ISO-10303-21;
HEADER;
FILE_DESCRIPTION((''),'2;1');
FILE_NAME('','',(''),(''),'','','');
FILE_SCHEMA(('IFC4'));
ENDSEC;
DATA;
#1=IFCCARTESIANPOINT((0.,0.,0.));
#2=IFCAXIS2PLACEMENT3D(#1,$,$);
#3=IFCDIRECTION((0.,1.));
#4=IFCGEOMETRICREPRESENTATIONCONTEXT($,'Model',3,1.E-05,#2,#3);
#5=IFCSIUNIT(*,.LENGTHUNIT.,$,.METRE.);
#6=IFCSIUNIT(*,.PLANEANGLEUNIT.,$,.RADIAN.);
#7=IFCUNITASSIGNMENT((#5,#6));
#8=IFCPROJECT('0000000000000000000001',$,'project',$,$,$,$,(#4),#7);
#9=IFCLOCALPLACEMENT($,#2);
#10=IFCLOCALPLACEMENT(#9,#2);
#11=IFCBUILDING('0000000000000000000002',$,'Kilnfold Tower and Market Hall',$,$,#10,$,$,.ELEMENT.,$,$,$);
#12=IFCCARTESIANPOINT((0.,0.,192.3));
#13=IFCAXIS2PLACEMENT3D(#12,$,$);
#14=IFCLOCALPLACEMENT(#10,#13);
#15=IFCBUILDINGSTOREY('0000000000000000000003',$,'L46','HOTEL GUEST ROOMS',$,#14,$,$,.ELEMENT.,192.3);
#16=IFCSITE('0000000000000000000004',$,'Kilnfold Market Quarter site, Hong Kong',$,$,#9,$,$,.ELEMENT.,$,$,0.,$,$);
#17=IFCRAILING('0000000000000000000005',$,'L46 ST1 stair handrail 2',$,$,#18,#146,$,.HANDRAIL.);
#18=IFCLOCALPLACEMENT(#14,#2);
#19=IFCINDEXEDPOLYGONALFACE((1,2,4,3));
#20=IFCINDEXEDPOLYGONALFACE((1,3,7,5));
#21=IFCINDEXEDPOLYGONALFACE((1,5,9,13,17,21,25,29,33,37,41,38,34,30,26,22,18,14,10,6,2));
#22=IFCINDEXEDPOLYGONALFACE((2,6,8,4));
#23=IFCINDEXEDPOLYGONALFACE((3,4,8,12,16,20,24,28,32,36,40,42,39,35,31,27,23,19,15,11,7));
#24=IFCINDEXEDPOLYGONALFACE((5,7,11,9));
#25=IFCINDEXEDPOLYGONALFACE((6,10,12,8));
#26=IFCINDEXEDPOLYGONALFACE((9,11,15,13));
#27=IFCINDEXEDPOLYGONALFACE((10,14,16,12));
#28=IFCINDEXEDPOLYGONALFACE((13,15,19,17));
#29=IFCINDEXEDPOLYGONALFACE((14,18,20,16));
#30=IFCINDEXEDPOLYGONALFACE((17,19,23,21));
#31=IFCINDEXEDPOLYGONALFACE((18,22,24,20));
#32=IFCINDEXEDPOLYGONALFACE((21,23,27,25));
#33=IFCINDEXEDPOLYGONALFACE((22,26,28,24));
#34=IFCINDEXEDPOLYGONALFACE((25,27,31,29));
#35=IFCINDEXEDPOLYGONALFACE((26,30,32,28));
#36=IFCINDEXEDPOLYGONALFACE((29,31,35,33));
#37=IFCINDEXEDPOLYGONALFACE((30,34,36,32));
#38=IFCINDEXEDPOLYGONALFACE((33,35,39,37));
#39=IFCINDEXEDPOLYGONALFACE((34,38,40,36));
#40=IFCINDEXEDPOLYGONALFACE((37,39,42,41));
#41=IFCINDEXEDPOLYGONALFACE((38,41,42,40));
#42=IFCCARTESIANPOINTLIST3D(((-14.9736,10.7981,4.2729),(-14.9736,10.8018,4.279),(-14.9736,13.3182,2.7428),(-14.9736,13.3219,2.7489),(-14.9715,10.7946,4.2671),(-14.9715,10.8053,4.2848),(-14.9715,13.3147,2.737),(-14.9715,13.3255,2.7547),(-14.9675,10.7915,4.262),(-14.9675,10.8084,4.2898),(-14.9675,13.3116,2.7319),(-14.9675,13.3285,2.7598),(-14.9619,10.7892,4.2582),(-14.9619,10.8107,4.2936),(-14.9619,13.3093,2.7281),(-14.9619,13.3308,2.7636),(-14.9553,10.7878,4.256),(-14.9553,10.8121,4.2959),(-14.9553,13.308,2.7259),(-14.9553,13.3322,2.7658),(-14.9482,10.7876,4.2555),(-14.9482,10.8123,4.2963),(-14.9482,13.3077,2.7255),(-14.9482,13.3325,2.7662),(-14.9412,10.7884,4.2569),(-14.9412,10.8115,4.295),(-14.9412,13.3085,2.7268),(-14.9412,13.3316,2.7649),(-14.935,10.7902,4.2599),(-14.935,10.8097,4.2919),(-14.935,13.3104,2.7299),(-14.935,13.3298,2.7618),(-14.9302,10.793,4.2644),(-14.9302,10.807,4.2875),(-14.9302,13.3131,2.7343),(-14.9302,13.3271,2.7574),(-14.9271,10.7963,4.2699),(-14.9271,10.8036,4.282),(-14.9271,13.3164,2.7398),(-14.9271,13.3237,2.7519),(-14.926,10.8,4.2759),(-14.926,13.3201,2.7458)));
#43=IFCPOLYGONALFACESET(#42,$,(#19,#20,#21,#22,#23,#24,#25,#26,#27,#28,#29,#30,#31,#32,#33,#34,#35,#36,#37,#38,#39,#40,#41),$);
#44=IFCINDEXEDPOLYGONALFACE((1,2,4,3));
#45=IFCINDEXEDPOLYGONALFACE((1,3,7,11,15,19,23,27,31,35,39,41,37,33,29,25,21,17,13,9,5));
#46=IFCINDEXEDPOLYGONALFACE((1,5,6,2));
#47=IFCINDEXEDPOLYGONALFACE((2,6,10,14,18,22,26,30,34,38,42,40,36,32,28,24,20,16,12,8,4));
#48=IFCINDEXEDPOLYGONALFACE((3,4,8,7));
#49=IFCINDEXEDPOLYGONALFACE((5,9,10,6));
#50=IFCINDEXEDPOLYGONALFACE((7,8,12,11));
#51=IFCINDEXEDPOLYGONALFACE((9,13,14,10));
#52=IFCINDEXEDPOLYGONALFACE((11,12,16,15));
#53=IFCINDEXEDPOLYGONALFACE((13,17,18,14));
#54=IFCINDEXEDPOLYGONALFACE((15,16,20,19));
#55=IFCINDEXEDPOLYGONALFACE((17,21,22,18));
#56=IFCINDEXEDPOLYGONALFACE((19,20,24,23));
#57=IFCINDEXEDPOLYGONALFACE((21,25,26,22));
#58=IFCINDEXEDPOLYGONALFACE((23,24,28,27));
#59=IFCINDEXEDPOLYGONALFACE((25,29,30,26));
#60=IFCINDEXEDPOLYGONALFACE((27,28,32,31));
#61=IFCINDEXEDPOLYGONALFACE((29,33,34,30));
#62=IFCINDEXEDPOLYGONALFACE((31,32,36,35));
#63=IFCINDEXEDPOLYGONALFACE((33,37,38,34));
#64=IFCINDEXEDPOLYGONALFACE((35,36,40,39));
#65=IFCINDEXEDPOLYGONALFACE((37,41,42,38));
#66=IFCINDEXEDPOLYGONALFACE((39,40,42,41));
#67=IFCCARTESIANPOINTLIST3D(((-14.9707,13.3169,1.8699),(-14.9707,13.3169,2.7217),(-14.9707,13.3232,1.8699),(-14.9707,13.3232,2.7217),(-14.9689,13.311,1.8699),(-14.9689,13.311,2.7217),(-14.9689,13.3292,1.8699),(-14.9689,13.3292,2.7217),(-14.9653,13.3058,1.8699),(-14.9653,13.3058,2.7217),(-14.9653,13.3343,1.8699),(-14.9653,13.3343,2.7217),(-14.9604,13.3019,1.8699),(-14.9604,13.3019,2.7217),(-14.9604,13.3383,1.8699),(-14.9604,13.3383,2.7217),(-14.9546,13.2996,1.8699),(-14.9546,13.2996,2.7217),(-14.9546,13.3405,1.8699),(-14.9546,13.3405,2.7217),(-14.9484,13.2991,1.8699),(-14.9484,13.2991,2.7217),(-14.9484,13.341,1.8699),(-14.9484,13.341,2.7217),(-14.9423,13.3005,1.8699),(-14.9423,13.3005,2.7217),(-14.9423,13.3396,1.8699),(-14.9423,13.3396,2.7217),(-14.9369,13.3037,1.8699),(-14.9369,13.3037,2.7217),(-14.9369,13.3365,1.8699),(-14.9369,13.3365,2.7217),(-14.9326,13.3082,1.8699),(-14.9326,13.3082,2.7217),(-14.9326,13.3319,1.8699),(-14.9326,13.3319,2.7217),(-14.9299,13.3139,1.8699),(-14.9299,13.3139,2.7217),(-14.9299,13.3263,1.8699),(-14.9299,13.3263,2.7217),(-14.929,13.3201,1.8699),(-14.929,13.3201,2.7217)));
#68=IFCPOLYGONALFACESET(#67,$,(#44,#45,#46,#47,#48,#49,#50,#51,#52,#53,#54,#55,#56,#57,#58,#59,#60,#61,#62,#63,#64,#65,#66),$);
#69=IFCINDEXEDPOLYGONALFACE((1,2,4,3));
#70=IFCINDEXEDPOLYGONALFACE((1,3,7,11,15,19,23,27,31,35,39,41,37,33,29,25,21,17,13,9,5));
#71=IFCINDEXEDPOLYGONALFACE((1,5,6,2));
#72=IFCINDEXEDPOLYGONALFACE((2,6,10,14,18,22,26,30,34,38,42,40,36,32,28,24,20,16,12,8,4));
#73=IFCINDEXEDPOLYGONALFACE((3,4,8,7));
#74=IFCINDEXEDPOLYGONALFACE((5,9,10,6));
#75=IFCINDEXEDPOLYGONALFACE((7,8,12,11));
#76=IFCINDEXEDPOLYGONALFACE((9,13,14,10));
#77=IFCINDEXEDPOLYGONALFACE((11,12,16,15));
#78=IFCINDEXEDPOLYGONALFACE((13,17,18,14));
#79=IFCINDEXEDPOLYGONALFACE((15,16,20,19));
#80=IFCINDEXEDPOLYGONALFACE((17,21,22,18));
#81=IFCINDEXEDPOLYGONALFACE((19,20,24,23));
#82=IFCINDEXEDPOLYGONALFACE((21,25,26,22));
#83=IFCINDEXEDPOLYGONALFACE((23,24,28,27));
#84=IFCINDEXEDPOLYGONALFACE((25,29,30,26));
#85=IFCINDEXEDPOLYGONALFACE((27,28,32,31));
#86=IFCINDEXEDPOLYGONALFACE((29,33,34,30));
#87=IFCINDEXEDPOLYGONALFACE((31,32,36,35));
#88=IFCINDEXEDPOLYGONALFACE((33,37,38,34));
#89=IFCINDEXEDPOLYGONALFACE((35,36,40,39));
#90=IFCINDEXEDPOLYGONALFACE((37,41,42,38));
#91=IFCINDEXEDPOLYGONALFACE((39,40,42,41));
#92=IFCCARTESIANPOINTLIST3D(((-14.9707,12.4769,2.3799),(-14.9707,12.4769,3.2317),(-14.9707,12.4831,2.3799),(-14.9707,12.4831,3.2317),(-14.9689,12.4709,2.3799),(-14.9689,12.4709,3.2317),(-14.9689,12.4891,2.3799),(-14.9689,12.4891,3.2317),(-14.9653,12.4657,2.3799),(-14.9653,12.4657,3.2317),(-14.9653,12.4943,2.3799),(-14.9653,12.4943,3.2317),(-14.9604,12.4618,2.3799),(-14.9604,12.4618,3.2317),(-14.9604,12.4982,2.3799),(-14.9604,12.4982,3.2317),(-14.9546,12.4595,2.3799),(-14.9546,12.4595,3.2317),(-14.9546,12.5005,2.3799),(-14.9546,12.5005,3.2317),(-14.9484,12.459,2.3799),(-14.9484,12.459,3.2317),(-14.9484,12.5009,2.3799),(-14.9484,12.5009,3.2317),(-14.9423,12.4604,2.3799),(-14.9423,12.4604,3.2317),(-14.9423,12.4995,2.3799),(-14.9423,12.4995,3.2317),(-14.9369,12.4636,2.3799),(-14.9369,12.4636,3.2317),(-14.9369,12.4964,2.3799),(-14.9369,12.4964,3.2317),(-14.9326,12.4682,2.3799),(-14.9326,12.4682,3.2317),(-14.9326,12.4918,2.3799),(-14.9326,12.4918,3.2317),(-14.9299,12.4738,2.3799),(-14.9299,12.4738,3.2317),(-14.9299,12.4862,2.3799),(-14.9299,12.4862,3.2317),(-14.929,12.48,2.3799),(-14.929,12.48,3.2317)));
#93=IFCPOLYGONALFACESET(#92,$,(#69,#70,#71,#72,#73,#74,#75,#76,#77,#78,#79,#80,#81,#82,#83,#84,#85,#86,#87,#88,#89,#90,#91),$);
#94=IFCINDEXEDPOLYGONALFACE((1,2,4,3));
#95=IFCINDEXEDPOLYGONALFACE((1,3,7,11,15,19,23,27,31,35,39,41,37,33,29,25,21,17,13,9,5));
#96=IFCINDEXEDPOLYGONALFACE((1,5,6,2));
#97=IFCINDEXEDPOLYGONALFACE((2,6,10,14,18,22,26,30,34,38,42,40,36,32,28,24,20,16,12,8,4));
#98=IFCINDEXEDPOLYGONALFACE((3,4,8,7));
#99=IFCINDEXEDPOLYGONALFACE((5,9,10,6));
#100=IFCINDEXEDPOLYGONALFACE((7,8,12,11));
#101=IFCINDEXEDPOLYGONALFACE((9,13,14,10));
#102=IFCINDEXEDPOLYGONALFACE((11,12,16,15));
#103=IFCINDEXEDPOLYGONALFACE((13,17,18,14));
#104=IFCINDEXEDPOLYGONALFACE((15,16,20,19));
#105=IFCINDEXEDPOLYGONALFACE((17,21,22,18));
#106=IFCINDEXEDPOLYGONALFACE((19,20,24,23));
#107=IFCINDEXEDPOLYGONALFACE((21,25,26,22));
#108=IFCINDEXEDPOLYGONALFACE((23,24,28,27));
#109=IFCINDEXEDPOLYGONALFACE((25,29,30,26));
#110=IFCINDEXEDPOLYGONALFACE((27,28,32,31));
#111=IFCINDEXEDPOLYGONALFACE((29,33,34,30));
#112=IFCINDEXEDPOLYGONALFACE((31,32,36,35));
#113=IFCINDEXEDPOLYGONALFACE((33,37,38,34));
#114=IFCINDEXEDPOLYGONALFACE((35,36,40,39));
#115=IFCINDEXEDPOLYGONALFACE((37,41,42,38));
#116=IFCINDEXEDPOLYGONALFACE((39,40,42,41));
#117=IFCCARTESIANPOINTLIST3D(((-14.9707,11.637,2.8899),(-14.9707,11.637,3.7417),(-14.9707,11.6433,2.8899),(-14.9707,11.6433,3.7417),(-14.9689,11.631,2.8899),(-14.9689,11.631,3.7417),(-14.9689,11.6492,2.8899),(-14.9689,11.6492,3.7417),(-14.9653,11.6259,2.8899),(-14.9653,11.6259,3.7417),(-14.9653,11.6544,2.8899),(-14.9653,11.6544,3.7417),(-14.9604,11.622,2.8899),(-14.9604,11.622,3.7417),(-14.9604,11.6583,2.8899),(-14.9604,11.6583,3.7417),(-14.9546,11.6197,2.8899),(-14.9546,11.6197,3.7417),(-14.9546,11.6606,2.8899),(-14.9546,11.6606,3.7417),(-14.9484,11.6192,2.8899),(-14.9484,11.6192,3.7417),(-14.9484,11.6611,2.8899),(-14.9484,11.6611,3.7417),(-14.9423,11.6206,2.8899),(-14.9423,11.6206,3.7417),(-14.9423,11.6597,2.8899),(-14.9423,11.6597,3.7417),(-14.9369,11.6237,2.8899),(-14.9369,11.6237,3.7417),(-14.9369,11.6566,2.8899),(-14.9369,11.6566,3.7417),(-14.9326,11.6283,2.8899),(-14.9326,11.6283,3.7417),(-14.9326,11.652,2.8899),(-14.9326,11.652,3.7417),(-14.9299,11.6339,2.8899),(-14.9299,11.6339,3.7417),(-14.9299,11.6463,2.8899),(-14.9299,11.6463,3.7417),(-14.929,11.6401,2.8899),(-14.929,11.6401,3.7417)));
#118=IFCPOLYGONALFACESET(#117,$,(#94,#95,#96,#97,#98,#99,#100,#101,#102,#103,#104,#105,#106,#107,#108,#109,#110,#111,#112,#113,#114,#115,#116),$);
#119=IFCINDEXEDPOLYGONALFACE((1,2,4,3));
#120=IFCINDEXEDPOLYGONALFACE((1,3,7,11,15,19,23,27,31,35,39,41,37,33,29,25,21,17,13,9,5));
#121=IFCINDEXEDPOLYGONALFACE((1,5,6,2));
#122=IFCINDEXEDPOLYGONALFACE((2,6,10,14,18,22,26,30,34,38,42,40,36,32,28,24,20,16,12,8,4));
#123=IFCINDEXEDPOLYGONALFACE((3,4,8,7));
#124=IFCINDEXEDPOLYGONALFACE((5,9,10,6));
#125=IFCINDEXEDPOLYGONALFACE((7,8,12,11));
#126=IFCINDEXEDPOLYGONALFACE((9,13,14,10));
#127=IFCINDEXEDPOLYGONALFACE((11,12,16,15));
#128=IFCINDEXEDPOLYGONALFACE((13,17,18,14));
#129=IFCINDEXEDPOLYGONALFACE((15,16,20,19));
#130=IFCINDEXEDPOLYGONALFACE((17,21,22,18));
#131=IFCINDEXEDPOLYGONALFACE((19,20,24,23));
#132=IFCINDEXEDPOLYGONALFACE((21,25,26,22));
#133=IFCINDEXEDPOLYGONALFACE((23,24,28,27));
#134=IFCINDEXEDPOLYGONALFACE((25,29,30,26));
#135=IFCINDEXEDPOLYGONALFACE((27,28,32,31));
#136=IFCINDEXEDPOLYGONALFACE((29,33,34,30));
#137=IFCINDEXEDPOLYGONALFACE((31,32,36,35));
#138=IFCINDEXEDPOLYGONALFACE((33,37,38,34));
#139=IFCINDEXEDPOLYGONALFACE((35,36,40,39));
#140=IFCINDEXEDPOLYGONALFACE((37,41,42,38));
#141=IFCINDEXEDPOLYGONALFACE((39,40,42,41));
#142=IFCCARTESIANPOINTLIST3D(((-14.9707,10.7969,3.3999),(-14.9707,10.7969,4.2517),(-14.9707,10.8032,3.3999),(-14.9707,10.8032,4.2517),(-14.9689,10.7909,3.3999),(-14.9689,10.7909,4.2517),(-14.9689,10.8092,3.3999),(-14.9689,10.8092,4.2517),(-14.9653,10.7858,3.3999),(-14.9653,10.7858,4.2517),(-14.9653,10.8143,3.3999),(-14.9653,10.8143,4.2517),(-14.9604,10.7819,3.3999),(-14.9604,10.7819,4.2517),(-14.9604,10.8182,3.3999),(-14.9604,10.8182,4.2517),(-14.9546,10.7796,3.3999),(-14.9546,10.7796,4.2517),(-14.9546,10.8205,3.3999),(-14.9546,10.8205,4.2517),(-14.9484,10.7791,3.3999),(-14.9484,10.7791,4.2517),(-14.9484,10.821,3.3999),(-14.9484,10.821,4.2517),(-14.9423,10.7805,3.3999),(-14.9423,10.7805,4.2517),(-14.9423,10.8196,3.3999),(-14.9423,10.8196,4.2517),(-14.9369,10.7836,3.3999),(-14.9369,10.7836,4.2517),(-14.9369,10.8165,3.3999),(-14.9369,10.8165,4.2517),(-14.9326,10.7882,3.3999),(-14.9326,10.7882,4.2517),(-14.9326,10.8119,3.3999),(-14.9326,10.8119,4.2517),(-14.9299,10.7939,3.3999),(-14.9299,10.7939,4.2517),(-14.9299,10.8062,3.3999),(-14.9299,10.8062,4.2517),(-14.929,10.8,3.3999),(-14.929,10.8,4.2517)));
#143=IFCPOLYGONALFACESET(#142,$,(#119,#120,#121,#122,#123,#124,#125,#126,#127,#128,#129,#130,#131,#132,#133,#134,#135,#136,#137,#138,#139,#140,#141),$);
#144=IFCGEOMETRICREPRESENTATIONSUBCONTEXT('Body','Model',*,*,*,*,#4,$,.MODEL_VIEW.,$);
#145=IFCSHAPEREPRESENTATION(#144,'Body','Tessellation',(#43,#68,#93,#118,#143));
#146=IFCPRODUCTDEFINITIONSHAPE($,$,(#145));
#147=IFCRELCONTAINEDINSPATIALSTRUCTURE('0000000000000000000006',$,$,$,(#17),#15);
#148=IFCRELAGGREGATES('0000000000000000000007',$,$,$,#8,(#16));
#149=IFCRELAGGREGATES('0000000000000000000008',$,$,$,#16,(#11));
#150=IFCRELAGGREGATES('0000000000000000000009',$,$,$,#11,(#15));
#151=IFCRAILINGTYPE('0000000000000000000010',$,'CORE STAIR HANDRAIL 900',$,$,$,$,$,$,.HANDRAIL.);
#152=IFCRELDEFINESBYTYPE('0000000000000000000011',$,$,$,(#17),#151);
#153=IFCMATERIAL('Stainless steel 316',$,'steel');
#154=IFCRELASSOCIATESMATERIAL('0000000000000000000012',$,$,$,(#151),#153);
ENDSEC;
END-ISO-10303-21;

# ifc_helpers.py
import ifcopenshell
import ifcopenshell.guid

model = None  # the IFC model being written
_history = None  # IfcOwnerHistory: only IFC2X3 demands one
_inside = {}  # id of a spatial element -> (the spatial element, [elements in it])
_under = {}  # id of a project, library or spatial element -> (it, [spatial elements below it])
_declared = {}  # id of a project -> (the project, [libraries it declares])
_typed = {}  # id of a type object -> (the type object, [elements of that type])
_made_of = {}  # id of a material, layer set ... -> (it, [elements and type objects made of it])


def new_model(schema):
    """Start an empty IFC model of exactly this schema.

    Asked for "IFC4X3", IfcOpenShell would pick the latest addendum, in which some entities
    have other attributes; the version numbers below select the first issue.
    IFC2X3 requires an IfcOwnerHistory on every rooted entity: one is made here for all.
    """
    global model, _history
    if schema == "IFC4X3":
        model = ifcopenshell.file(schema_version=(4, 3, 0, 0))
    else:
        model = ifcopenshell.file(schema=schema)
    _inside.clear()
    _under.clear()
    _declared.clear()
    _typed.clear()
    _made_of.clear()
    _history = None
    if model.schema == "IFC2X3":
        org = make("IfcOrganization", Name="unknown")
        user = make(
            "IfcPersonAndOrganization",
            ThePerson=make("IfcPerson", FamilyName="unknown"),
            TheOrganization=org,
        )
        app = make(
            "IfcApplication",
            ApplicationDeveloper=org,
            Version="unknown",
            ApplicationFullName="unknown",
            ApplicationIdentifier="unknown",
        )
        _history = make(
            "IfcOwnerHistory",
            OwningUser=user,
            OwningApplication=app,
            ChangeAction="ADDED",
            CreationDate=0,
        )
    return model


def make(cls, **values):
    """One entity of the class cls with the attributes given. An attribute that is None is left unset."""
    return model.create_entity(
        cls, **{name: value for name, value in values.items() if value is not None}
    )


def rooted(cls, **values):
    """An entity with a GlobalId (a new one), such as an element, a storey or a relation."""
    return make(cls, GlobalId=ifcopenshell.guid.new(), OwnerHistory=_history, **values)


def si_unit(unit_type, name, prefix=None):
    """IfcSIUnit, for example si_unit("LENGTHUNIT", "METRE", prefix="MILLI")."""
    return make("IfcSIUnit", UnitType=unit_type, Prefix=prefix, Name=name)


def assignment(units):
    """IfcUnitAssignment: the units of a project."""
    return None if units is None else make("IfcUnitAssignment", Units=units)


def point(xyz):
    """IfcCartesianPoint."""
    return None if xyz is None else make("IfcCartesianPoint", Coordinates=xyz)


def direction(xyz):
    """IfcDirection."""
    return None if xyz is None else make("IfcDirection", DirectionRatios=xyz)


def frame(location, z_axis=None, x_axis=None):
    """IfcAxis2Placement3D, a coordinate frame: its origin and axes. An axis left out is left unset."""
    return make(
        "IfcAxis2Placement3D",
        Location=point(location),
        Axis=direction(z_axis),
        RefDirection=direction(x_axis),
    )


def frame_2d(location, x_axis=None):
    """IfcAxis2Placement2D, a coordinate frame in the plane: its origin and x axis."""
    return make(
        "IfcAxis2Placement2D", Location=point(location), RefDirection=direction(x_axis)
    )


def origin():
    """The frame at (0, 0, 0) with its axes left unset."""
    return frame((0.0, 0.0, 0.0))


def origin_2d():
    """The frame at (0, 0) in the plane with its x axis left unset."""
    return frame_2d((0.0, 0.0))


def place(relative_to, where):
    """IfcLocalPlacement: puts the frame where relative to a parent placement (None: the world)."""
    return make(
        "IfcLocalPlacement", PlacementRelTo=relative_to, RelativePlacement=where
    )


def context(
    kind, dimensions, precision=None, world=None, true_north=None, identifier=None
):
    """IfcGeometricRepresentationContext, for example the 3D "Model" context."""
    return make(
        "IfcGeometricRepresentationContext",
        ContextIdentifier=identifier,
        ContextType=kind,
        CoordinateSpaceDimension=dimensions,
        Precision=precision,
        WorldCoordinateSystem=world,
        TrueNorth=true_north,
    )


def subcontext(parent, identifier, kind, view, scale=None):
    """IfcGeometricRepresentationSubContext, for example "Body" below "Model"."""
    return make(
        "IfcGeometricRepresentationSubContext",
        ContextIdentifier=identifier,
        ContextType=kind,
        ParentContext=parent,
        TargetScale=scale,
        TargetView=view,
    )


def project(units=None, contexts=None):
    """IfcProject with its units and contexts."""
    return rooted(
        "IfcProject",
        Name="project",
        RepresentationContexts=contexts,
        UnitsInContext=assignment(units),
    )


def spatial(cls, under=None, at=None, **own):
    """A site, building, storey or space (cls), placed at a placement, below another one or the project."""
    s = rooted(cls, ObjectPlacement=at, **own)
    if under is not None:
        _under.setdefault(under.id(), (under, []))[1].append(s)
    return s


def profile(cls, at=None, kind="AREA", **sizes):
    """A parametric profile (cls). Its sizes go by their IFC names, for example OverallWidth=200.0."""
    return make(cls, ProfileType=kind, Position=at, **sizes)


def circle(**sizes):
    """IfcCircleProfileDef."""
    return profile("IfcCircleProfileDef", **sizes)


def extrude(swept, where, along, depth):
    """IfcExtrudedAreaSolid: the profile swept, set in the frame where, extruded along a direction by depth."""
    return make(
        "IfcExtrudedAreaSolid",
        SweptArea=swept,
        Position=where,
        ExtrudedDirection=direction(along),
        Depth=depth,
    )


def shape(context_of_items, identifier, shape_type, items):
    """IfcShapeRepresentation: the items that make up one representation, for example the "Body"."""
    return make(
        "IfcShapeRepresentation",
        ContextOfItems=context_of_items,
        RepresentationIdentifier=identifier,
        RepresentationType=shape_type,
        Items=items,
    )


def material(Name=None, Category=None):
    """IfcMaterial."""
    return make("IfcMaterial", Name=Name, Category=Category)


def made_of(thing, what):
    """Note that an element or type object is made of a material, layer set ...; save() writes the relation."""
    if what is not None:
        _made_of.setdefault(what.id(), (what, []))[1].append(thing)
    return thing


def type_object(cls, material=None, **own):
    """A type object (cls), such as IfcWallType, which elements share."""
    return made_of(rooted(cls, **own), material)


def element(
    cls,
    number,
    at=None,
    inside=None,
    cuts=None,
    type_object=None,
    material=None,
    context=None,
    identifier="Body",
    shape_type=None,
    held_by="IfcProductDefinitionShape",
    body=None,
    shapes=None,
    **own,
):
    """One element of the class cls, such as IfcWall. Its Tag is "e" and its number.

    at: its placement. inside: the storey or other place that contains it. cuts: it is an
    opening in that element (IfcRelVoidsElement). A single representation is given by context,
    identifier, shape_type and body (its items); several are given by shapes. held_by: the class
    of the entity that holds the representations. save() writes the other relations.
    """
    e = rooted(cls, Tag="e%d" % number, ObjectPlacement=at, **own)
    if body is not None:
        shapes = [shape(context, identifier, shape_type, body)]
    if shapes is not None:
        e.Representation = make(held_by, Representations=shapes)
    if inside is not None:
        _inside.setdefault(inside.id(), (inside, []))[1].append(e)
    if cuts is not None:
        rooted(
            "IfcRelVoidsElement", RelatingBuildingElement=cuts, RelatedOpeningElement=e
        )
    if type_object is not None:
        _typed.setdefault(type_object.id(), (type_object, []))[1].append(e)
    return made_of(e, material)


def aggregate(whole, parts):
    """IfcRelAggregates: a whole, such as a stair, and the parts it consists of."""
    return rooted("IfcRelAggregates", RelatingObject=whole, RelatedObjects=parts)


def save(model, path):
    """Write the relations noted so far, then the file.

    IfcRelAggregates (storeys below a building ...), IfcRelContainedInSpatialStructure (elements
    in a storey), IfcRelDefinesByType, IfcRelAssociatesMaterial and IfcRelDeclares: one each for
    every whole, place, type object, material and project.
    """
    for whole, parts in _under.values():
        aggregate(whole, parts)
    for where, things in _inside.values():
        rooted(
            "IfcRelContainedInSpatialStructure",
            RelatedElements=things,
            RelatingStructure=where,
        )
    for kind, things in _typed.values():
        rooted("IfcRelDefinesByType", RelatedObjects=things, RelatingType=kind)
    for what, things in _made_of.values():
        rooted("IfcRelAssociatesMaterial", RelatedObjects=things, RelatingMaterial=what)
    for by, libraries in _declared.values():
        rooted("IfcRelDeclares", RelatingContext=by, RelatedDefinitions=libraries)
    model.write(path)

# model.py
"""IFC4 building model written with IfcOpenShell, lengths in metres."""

from ifc_helpers import new_model, si_unit, direction, frame, origin, origin_2d, place, context, subcontext, project, spatial, circle, extrude, material, type_object, element, save


model = new_model("IFC4")

# Units and contexts
model_context = context("Model", 3, precision=1e-05, world=origin(), true_north=direction((0.0, 1.0)))
body_context = subcontext(model_context, "Body", "Model", "MODEL_VIEW")
ifc_project = project(units=[si_unit("LENGTHUNIT", "METRE"), si_unit("PLANEANGLEUNIT", "RADIAN")], contexts=[model_context])

# Site, building, storey
site_placement = place(None, origin())
site = spatial("IfcSite", under=ifc_project, at=site_placement, Name="Kilnfold Market Quarter site, Hong Kong", CompositionType="ELEMENT", RefElevation=0.0)
building_placement = place(site_placement, origin())
building = spatial("IfcBuilding", under=site, at=building_placement, Name="Kilnfold Tower and Market Hall", CompositionType="ELEMENT")
storey_placement = place(building_placement, frame((0.0, 0.0, 192.3)))
storey = spatial("IfcBuildingStorey", under=building, at=storey_placement, Name="L46", Description="HOTEL GUEST ROOMS", CompositionType="ELEMENT", Elevation=192.3)

# Railing
ifc_material_1 = material(Name="Stainless steel 316", Category="steel")
railing_type_1 = type_object("IfcRailingType", Name="CORE STAIR HANDRAIL 900", PredefinedType="HANDRAIL", material=ifc_material_1)
railing_1_placement = place(storey_placement, frame((-14.95, 13.3201, 1.8699)))
element("IfcRailing", 1, at=railing_1_placement, inside=storey, type_object=railing_type_1, Name="L46 ST1 stair handrail 2", PredefinedType="HANDRAIL", context=body_context, shape_type="SweptSolid", body=[
    extrude(circle(Radius=0.0239, at=origin_2d()), frame((0.0, 0.0, 0.876), z_axis=(0.0, -0.854785, 0.518982), x_axis=(1.0, 0.0, 0.0)), (0.0, 0.0, 1.0), 2.9482),
    extrude(circle(Radius=0.021, at=origin_2d()), origin(), (0.0, 0.0, 1.0), 0.8518),
    extrude(circle(Radius=0.021, at=origin_2d()), frame((0.0, -0.8401, 0.51)), (0.0, 0.0, 1.0), 0.8518),
    extrude(circle(Radius=0.021, at=origin_2d()), frame((0.0, -1.6799, 1.02)), (0.0, 0.0, 1.0), 0.8518),
    extrude(circle(Radius=0.021, at=origin_2d()), frame((0.0, -2.52, 1.53)), (0.0, 0.0, 1.0), 0.8518),
])

save(model, "model.ifc")
